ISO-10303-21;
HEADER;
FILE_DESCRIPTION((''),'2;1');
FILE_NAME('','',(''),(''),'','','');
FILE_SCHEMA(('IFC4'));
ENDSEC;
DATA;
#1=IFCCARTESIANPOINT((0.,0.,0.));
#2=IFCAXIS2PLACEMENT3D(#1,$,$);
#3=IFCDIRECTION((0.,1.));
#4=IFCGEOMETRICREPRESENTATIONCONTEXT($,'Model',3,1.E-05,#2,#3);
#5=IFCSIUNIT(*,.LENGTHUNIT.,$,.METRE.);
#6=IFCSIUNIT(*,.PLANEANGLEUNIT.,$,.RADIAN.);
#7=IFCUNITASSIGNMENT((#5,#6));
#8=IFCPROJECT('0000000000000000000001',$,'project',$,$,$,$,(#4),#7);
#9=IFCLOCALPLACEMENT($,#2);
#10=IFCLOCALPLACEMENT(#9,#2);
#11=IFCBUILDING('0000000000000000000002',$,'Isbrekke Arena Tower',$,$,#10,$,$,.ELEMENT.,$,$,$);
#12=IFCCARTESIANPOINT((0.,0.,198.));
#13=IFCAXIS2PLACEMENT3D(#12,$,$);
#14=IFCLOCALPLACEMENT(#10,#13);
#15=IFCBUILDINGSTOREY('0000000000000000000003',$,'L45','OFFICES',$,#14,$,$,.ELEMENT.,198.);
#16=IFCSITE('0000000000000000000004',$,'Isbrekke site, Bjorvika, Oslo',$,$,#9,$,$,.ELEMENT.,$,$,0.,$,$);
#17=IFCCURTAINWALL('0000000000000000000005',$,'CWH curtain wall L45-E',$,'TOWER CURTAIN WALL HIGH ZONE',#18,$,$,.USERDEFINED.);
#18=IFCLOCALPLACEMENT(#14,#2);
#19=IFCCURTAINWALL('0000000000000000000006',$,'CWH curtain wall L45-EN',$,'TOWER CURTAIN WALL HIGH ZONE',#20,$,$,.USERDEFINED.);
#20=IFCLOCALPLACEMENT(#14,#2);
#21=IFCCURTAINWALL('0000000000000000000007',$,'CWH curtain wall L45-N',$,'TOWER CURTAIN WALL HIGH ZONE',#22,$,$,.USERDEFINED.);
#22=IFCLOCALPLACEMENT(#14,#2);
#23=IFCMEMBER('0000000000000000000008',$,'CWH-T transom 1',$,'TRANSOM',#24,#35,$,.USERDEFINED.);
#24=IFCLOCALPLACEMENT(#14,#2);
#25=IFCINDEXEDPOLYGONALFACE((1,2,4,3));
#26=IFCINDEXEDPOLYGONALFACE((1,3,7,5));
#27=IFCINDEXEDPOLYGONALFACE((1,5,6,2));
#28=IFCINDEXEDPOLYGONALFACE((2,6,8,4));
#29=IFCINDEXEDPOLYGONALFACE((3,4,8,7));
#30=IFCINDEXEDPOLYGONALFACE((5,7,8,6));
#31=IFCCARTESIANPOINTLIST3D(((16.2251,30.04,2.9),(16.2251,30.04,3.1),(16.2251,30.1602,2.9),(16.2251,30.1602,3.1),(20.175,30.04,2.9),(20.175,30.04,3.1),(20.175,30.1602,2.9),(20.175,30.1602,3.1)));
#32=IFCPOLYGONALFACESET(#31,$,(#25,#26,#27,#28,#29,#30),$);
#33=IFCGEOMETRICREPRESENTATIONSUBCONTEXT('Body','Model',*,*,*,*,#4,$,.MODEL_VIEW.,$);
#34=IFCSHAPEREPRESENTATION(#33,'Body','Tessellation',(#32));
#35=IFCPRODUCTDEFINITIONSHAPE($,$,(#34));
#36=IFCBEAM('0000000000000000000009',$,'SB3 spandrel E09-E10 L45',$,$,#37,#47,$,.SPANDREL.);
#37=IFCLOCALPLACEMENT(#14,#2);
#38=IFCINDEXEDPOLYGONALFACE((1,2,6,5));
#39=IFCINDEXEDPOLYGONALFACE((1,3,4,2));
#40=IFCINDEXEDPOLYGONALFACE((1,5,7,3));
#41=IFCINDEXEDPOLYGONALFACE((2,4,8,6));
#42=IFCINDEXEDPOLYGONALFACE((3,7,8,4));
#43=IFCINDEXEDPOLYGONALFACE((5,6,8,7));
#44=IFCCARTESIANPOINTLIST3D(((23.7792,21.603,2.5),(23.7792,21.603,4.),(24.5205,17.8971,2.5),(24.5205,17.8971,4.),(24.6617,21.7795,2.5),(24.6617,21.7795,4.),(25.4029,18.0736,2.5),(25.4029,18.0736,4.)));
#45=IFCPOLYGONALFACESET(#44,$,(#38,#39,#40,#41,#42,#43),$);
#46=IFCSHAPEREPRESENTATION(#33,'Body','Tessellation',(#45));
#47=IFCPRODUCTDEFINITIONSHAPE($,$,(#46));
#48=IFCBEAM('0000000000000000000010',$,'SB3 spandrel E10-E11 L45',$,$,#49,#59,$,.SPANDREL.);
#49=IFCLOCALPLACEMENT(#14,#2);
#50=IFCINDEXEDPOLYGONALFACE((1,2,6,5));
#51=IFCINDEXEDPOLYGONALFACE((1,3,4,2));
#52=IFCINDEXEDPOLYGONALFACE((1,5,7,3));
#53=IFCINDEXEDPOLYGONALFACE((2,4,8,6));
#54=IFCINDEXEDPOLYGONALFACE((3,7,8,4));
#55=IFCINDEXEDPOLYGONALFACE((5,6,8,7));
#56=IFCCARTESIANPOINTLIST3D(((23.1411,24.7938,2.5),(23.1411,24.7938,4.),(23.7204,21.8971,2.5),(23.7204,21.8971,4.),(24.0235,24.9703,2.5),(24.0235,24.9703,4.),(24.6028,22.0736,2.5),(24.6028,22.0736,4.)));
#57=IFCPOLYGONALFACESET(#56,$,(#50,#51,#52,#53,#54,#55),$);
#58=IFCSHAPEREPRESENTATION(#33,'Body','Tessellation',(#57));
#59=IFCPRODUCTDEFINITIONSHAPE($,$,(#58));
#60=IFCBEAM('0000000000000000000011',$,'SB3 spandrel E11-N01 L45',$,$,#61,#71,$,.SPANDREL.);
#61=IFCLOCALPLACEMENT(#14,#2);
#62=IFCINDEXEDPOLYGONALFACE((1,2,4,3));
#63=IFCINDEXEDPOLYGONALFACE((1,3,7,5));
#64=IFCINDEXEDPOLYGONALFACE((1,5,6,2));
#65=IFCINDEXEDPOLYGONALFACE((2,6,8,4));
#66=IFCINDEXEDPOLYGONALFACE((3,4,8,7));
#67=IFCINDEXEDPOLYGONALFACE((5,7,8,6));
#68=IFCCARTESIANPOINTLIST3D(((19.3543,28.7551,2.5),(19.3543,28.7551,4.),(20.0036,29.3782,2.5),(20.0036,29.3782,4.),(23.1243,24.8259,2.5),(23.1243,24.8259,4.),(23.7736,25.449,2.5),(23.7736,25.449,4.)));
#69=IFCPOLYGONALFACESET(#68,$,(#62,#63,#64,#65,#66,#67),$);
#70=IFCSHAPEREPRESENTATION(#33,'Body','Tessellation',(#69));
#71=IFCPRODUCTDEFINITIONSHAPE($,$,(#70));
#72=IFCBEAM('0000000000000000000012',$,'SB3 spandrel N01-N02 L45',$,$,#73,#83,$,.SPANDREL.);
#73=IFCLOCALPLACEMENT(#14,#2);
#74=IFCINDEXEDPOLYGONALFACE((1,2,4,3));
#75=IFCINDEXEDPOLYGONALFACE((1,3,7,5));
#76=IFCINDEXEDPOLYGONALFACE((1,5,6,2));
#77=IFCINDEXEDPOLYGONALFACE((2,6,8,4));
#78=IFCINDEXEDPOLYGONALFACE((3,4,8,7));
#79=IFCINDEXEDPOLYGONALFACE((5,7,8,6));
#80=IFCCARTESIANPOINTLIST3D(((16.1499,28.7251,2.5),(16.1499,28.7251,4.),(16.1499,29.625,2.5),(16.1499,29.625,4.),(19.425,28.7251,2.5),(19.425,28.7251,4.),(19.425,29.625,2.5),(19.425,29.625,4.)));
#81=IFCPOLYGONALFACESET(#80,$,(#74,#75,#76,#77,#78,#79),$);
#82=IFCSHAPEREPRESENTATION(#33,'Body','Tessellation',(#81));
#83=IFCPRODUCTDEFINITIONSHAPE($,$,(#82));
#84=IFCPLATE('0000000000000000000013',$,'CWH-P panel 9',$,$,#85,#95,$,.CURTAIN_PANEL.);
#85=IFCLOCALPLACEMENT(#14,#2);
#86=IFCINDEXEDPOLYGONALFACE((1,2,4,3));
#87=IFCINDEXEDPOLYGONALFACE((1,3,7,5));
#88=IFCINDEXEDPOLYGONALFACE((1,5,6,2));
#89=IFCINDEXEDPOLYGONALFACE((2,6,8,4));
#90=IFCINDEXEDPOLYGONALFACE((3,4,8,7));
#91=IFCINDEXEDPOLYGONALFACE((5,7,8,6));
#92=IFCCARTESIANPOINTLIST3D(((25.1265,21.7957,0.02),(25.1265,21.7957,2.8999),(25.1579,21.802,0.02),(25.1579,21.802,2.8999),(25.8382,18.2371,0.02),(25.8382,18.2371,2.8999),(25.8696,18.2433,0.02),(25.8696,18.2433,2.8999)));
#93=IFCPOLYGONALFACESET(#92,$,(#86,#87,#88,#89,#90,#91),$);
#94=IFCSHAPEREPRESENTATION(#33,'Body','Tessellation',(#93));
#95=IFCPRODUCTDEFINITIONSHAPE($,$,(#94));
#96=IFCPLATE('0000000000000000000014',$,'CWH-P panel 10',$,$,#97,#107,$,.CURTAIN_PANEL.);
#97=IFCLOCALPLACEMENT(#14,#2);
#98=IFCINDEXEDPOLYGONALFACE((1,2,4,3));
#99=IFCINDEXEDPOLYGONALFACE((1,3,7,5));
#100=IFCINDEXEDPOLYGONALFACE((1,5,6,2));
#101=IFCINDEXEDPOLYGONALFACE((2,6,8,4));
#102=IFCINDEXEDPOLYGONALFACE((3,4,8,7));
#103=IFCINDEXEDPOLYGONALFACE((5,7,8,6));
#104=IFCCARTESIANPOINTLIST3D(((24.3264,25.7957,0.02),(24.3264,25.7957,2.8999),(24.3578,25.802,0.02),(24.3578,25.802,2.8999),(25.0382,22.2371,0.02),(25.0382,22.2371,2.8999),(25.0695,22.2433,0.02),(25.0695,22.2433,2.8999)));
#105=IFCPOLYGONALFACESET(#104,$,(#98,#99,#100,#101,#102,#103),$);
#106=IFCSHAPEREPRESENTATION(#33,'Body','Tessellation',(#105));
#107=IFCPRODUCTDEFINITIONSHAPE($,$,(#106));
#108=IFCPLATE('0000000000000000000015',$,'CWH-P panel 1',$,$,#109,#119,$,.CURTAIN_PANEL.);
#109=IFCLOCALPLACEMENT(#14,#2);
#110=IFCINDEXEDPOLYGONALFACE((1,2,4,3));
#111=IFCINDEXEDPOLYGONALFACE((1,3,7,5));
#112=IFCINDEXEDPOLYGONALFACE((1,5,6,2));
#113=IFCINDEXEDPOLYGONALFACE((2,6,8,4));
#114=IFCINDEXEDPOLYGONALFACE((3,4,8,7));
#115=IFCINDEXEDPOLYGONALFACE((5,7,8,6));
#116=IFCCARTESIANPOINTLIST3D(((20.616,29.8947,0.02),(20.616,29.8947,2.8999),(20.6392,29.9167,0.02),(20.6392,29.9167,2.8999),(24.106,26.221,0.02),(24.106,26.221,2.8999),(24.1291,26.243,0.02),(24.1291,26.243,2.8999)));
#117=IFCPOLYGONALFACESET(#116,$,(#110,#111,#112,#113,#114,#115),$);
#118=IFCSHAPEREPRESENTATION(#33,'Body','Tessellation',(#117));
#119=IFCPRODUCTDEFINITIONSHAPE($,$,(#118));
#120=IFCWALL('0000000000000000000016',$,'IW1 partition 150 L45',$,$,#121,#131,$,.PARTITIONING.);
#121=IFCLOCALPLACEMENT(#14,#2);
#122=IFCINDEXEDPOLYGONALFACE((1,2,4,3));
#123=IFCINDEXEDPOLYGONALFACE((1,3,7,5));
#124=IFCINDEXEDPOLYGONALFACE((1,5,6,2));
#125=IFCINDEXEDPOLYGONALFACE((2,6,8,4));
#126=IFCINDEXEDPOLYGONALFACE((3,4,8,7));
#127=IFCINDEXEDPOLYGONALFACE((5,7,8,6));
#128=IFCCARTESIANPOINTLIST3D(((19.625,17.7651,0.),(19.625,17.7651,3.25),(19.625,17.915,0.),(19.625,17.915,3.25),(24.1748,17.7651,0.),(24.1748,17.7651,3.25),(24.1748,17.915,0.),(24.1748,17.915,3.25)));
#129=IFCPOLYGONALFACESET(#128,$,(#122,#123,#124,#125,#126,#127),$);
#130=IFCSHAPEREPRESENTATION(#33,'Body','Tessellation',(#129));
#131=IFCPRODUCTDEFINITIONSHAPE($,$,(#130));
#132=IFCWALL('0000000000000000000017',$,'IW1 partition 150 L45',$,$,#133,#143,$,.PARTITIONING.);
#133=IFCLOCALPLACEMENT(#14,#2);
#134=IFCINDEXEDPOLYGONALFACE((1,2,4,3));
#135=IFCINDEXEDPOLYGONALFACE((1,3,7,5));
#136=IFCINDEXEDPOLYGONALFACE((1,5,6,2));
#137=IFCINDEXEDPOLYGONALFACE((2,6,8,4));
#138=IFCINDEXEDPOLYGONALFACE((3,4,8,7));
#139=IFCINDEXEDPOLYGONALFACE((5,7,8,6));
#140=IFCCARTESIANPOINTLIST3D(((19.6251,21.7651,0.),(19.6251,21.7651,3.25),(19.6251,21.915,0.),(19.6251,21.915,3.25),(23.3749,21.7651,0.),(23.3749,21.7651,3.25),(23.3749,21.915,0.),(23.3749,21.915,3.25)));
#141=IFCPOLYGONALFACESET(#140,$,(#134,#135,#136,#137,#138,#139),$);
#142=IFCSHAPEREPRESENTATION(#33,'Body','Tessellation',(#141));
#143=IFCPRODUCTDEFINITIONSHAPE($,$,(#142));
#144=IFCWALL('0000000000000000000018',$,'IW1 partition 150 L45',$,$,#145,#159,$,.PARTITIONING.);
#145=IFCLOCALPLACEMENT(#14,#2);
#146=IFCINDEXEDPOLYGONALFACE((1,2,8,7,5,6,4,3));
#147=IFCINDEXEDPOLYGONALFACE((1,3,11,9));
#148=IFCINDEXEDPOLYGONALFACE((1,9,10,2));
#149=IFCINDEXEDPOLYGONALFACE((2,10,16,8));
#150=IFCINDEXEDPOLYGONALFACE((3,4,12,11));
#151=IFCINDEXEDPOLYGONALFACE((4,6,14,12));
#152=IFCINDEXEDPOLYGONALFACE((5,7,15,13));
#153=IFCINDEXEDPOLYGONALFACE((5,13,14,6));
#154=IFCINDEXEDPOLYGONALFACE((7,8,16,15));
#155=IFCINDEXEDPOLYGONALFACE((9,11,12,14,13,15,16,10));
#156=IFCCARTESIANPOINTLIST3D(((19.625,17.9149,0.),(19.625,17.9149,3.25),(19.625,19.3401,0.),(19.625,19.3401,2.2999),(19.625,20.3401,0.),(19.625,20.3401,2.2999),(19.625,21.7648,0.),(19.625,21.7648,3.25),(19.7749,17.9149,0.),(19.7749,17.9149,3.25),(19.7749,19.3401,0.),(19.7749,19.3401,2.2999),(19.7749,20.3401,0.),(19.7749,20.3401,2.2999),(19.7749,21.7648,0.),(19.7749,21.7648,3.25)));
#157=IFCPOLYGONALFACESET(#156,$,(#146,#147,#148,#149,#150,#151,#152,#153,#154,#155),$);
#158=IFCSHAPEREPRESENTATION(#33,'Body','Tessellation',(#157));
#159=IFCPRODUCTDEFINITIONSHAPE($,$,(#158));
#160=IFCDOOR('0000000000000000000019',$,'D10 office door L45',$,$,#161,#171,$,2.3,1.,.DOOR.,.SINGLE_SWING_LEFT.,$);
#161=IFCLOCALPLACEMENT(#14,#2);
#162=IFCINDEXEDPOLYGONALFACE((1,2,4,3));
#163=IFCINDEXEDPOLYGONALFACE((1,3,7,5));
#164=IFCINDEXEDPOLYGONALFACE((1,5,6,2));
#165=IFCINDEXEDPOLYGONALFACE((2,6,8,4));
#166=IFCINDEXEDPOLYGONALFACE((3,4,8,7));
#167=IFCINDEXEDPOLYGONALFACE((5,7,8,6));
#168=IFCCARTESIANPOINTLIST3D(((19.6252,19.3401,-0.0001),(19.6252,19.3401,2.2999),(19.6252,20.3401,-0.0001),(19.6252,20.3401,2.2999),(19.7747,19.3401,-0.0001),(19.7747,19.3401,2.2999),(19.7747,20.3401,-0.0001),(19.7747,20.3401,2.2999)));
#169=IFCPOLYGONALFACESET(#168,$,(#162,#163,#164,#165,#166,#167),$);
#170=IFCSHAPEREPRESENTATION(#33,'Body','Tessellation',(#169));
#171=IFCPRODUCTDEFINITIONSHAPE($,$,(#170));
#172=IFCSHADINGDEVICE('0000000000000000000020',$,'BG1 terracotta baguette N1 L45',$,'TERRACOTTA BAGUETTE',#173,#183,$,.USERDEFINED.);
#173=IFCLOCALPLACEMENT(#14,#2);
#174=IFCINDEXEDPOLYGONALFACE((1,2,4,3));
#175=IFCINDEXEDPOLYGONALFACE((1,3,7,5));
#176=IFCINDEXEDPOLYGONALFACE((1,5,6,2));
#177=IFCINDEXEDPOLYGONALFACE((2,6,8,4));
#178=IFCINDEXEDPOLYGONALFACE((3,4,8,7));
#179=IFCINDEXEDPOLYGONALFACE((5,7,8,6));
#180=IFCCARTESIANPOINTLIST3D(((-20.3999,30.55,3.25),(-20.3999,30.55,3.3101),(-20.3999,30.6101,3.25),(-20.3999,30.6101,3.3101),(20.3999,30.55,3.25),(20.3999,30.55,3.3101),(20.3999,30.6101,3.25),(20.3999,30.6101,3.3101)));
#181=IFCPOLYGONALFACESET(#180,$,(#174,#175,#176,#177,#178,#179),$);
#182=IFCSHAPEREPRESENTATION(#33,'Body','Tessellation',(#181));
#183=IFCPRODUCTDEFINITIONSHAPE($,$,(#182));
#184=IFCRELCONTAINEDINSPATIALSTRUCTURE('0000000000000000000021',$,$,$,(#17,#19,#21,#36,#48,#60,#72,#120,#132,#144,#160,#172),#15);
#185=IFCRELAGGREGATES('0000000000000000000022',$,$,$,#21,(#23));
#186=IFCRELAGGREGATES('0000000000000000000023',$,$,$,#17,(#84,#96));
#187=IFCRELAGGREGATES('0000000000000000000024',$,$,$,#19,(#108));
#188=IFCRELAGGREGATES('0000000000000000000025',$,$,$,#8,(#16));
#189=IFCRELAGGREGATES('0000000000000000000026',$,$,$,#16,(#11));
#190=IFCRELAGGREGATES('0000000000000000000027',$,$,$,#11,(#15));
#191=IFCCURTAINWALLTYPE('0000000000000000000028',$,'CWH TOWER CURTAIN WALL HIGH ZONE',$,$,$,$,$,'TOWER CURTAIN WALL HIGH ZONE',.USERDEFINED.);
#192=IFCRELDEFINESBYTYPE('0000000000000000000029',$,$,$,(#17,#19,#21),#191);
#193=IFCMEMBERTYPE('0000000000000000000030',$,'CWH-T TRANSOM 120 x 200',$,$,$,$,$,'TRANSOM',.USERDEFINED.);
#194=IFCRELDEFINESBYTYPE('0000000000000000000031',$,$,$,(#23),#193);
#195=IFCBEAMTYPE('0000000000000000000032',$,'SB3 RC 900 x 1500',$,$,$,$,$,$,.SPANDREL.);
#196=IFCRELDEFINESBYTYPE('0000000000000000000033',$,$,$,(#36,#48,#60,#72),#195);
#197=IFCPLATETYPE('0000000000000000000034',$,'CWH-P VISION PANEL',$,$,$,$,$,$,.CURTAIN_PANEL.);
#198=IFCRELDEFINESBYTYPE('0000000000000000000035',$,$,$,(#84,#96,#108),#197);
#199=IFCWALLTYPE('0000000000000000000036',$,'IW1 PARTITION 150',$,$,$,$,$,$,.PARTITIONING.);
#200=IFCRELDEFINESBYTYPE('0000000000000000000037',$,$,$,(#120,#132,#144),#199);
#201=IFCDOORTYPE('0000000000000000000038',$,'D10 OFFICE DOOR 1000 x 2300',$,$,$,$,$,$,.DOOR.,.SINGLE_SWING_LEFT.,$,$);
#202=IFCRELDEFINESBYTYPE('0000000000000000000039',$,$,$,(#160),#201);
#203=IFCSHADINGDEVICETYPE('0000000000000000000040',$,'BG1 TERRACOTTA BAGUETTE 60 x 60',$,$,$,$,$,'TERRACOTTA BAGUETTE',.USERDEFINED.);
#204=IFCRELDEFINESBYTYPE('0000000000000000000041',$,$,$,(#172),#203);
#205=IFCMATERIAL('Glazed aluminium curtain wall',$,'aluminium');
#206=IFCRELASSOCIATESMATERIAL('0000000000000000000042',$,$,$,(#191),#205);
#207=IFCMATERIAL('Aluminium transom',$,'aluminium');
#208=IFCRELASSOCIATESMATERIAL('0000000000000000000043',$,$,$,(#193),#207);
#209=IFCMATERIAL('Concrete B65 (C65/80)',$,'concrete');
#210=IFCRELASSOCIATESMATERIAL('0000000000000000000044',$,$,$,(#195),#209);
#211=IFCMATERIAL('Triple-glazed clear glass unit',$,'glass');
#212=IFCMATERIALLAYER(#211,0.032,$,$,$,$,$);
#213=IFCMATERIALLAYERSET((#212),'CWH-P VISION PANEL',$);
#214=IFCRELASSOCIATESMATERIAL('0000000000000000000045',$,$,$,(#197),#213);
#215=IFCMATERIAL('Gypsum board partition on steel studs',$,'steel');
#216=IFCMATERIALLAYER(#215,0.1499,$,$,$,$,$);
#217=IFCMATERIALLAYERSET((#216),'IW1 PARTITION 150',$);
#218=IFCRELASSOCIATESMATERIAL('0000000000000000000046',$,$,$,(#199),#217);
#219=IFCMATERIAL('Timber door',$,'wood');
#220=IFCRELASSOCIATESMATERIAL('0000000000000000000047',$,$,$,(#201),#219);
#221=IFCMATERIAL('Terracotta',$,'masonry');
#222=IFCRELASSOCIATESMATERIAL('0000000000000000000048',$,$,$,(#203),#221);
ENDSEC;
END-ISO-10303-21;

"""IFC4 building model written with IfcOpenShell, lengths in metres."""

from ifc_helpers import new_model, si_unit, direction, frame, frame_2d, origin, origin_2d, place, context, subcontext, project, spatial, rectangle, extrude, material, layer, layer_set, material_profile, profile_set, type_object, element, fill, aggregate, save


model = new_model("IFC4")

# Units and contexts
model_context = context("Model", 3, precision=1e-05, world=origin(), true_north=direction((0.0, 1.0)))
body_context = subcontext(model_context, "Body", "Model", "MODEL_VIEW")
ifc_project = project(units=[si_unit("LENGTHUNIT", "METRE"), si_unit("PLANEANGLEUNIT", "RADIAN")], contexts=[model_context])

# Site, building, storey
site_placement = place(None, origin())
site = spatial("IfcSite", under=ifc_project, at=site_placement, Name="Isbrekke site, Bjorvika, Oslo", CompositionType="ELEMENT", RefElevation=0.0)
building_placement = place(site_placement, origin())
building = spatial("IfcBuilding", under=site, at=building_placement, Name="Isbrekke Arena Tower", CompositionType="ELEMENT")
storey_placement = place(building_placement, frame((0.0, 0.0, 198.0)))
storey = spatial("IfcBuildingStorey", under=building, at=storey_placement, Name="L45", Description="OFFICES", CompositionType="ELEMENT", Elevation=198.0)

# Curtain wall
ifc_material_1 = material(Name="Glazed aluminium curtain wall", Category="aluminium")
curtain_wall_type = type_object("IfcCurtainWallType", Name="CWH TOWER CURTAIN WALL HIGH ZONE", ElementType="TOWER CURTAIN WALL HIGH ZONE", PredefinedType="USERDEFINED", material=ifc_material_1)
curtain_wall_1_placement = place(storey_placement, origin())
curtain_wall_1 = element("IfcCurtainWall", 1, at=curtain_wall_1_placement, inside=storey, type_object=curtain_wall_type, Name="CWH curtain wall L45-E", ObjectType="TOWER CURTAIN WALL HIGH ZONE", PredefinedType="USERDEFINED")

# Curtain wall
curtain_wall_2_placement = place(storey_placement, origin())
curtain_wall_2 = element("IfcCurtainWall", 2, at=curtain_wall_2_placement, inside=storey, type_object=curtain_wall_type, Name="CWH curtain wall L45-EN", ObjectType="TOWER CURTAIN WALL HIGH ZONE", PredefinedType="USERDEFINED")

# Shared definitions
ifc_material_2 = material(Name="Aluminium transom", Category="aluminium")
ifc_material_profile_1 = material_profile(ifc_material_2, rectangle(XDim=0.1201, YDim=0.2, at=origin_2d()), Name="TRANSOM 120X200")
ifc_profile_set_1 = profile_set([ifc_material_profile_1], Name="Aluminium transom")
member_type_1 = type_object("IfcMemberType", Name="CWH-T TRANSOM 120 x 200", ElementType="TRANSOM", PredefinedType="USERDEFINED", material=ifc_profile_set_1)

# Curtain wall, member
curtain_wall_3_placement = place(storey_placement, origin())
curtain_wall_3 = element("IfcCurtainWall", 3, at=curtain_wall_3_placement, inside=storey, type_object=curtain_wall_type, Name="CWH curtain wall L45-N", ObjectType="TOWER CURTAIN WALL HIGH ZONE", PredefinedType="USERDEFINED")
member_1_placement = place(storey_placement, frame((20.175, 30.1001, 3.0), z_axis=(-1.0, 0.0, 0.0), x_axis=(0.0, -1.0, 0.0)))
member_1 = element("IfcMember", 4, at=member_1_placement, type_object=member_type_1, Name="CWH-T transom 1", ObjectType="TRANSOM", PredefinedType="USERDEFINED", context=body_context, shape_type="SweptSolid", body=[
    extrude(rectangle(XDim=0.1201, YDim=0.2, at=origin_2d()), origin(), (0.0, 0.0, 1.0), 3.95),
])
aggregate(curtain_wall_3, [member_1])

# Beams
ifc_material_3 = material(Name="Concrete B65 (C65/80)", Category="concrete")
ifc_material_profile_2 = material_profile(ifc_material_3, rectangle(XDim=0.8999, YDim=1.5, at=origin_2d()), Name="RC 900x1500")
ifc_profile_set_2 = profile_set([ifc_material_profile_2], Name="Concrete B65 (C65/80)")
beam_type_1 = type_object("IfcBeamType", Name="SB3 RC 900 x 1500", PredefinedType="SPANDREL", material=ifc_profile_set_2)
beam_1_placement = place(storey_placement, frame((24.9617, 17.9854, 3.25), z_axis=(-0.196129, 0.980578, 0.0), x_axis=(-0.980578, -0.196129, 0.0)))
element("IfcBeam", 5, at=beam_1_placement, inside=storey, type_object=beam_type_1, Name="SB3 spandrel E09-E10 L45", PredefinedType="SPANDREL", context=body_context, shape_type="SweptSolid", body=[
    extrude(rectangle(XDim=0.8999, YDim=1.5, at=origin_2d()), origin(), (0.0, 0.0, 1.0), 3.7793),
])
beam_2_placement = place(storey_placement, frame((24.1616, 21.9854, 3.25), z_axis=(-0.196116, 0.980581, 0.0), x_axis=(-0.980581, -0.196116, 0.0)))
element("IfcBeam", 6, at=beam_2_placement, inside=storey, type_object=beam_type_1, Name="SB3 spandrel E10-E11 L45", PredefinedType="SPANDREL", context=body_context, shape_type="SweptSolid", body=[
    extrude(rectangle(XDim=0.8999, YDim=1.5, at=origin_2d()), origin(), (0.0, 0.0, 1.0), 2.9541),
])
beam_3_placement = place(storey_placement, frame((23.449, 25.1375, 3.25), z_axis=(-0.69234, 0.721572, 0.0), x_axis=(-0.721572, -0.69234, 0.0)))
element("IfcBeam", 7, at=beam_3_placement, inside=storey, type_object=beam_type_1, Name="SB3 spandrel E11-N01 L45", PredefinedType="SPANDREL", context=body_context, shape_type="SweptSolid", body=[
    extrude(rectangle(XDim=0.8999, YDim=1.5, at=origin_2d()), origin(), (0.0, 0.0, 1.0), 5.4453),
])
beam_4_placement = place(storey_placement, frame((19.425, 29.175, 3.25), z_axis=(-1.0, 0.0, 0.0), x_axis=(0.0, -1.0, 0.0)))
element("IfcBeam", 8, at=beam_4_placement, inside=storey, type_object=beam_type_1, Name="SB3 spandrel N01-N02 L45", PredefinedType="SPANDREL", context=body_context, shape_type="SweptSolid", body=[
    extrude(rectangle(XDim=0.8999, YDim=1.5, at=origin_2d()), origin(), (0.0, 0.0, 1.0), 3.2751),
])

# Plates
ifc_material_4 = material(Name="Triple-glazed clear glass unit", Category="glass")
ifc_layer_1 = layer(ifc_material_4, 0.032)
ifc_layer_set_1 = layer_set([ifc_layer_1], Name="CWH-P VISION PANEL")
plate_type = type_object("IfcPlateType", Name="CWH-P VISION PANEL", PredefinedType="CURTAIN_PANEL", material=ifc_layer_set_1)
plate_1_placement = place(storey_placement, frame((25.498, 20.0195, 0.02), z_axis=(0.0, 0.0, 1.0), x_axis=(-0.196116, 0.980581, 0.0)))
plate_1 = element("IfcPlate", 9, at=plate_1_placement, type_object=plate_type, Name="CWH-P panel 9", PredefinedType="CURTAIN_PANEL", context=body_context, shape_type="SweptSolid", body=[
    extrude(rectangle(XDim=3.6292, YDim=0.032, at=origin_2d()), origin(), (0.0, 0.0, 1.0), 2.8799),
])
plate_2_placement = place(storey_placement, frame((24.698, 24.0195, 0.02), z_axis=(0.0, 0.0, 1.0), x_axis=(-0.196116, 0.980581, 0.0)))
plate_2 = element("IfcPlate", 10, at=plate_2_placement, type_object=plate_type, Name="CWH-P panel 10", PredefinedType="CURTAIN_PANEL", context=body_context, shape_type="SweptSolid", body=[
    extrude(rectangle(XDim=3.6292, YDim=0.032, at=origin_2d()), origin(), (0.0, 0.0, 1.0), 2.8799),
])
aggregate(curtain_wall_1, [plate_1, plate_2])
plate_3_placement = place(storey_placement, frame((22.3726, 28.0688, 0.02), z_axis=(0.0, 0.0, 1.0), x_axis=(-0.688749, 0.724999, 0.0)))
plate_3 = element("IfcPlate", 11, at=plate_3_placement, type_object=plate_type, Name="CWH-P panel 1", PredefinedType="CURTAIN_PANEL", context=body_context, shape_type="SweptSolid", body=[
    extrude(rectangle(XDim=5.0671, YDim=0.032, at=origin_2d()), origin(), (0.0, 0.0, 1.0), 2.8799),
])
aggregate(curtain_wall_2, [plate_3])

# Walls
ifc_material_5 = material(Name="Gypsum board partition on steel studs", Category="steel")
ifc_layer_2 = layer(ifc_material_5, 0.1499)
ifc_layer_set_2 = layer_set([ifc_layer_2], Name="IW1 PARTITION 150")
wall_type = type_object("IfcWallType", Name="IW1 PARTITION 150", PredefinedType="PARTITIONING", material=ifc_layer_set_2)
wall_1_placement = place(storey_placement, frame((19.625, 17.8401, 0.0), z_axis=(0.0, 0.0, 1.0), x_axis=(1.0, 0.0, 0.0)))
element("IfcWall", 12, at=wall_1_placement, inside=storey, type_object=wall_type, Name="IW1 partition 150 L45", PredefinedType="PARTITIONING", context=body_context, shape_type="SweptSolid", body=[
    extrude(rectangle(XDim=4.5498, YDim=0.1499, at=frame_2d((2.2749, 0.0))), origin(), (0.0, 0.0, 1.0), 3.25),
])
wall_2_placement = place(storey_placement, frame((19.625, 21.8401, 0.0), z_axis=(0.0, 0.0, 1.0), x_axis=(1.0, 0.0, 0.0)))
element("IfcWall", 13, at=wall_2_placement, inside=storey, type_object=wall_type, Name="IW1 partition 150 L45", PredefinedType="PARTITIONING", context=body_context, shape_type="SweptSolid", body=[
    extrude(rectangle(XDim=3.7498, YDim=0.1499, at=frame_2d((1.875, 0.0))), origin(), (0.0, 0.0, 1.0), 3.25),
])

# Wall, opening, door
wall_3_placement = place(storey_placement, frame((19.7, 17.915, 0.0), z_axis=(0.0, 0.0, 1.0), x_axis=(0.0, 1.0, 0.0)))
wall_3 = element("IfcWall", 14, at=wall_3_placement, inside=storey, type_object=wall_type, Name="IW1 partition 150 L45", PredefinedType="PARTITIONING", context=body_context, shape_type="SweptSolid", body=[
    extrude(rectangle(XDim=3.8499, YDim=0.1499, at=frame_2d((1.9248, 0.0))), origin(), (0.0, 0.0, 1.0), 3.25),
])
opening_placement = place(wall_3_placement, frame((1.425, 0.0, 0.0)))
opening = element("IfcOpeningElement", 15, at=opening_placement, cuts=wall_3, PredefinedType="OPENING", context=body_context, shape_type="SweptSolid", body=[
    extrude(rectangle(XDim=1.0, YDim=2.3, at=frame_2d((0.5, 1.1499))), frame((0.0, 0.0898, 0.0), z_axis=(0.0, -1.0, 0.0), x_axis=(1.0, 0.0, 0.0)), (0.0, 0.0, 1.0), 0.1797),
])
ifc_material_6 = material(Name="Timber door", Category="wood")
door_type = type_object("IfcDoorType", Name="D10 OFFICE DOOR 1000 x 2300", OperationType="SINGLE_SWING_LEFT", PredefinedType="DOOR", material=ifc_material_6)
door_placement = place(opening_placement, origin())
door = element("IfcDoor", 16, at=door_placement, inside=storey, type_object=door_type, Name="D10 office door L45", OperationType="SINGLE_SWING_LEFT", OverallHeight=2.3, OverallWidth=1.0, PredefinedType="DOOR", context=body_context, shape_type="SweptSolid", body=[
    extrude(rectangle(XDim=1.0, YDim=2.3, at=frame_2d((0.5, 1.1499))), frame((0.0, 0.0747, 0.0), z_axis=(0.0, -1.0, 0.0), x_axis=(1.0, 0.0, 0.0)), (0.0, 0.0, 1.0), 0.1494),
])
fill(opening, door)

# Shading device
ifc_material_7 = material(Name="Terracotta", Category="masonry")
ifc_material_profile_3 = material_profile(ifc_material_7, rectangle(XDim=0.0601, YDim=0.0601, at=origin_2d()), Name="BAGUETTE 60X60")
ifc_profile_set_3 = profile_set([ifc_material_profile_3], Name="Terracotta")
shading_device_type = type_object("IfcShadingDeviceType", Name="BG1 TERRACOTTA BAGUETTE 60 x 60", ElementType="TERRACOTTA BAGUETTE", PredefinedType="USERDEFINED", material=ifc_profile_set_3)
for number, where, z_axis, x_axis, name in (
    (17, (20.3999, 30.5801, 3.28), (-1.0, 0.0, 0.0), (0.0, -1.0, 0.0), "BG1 terracotta baguette N1 L45"),
):
    element("IfcShadingDevice", number, at=place(storey_placement, frame(where, z_axis=z_axis, x_axis=x_axis)), inside=storey, type_object=shading_device_type, Name=name, ObjectType="TERRACOTTA BAGUETTE", PredefinedType="USERDEFINED", context=body_context, shape_type="SweptSolid", body=[
        extrude(rectangle(XDim=0.0601, YDim=0.0601, at=origin_2d()), origin(), (0.0, 0.0, 1.0), 40.7998),
    ])

save(model, "model.ifc")
